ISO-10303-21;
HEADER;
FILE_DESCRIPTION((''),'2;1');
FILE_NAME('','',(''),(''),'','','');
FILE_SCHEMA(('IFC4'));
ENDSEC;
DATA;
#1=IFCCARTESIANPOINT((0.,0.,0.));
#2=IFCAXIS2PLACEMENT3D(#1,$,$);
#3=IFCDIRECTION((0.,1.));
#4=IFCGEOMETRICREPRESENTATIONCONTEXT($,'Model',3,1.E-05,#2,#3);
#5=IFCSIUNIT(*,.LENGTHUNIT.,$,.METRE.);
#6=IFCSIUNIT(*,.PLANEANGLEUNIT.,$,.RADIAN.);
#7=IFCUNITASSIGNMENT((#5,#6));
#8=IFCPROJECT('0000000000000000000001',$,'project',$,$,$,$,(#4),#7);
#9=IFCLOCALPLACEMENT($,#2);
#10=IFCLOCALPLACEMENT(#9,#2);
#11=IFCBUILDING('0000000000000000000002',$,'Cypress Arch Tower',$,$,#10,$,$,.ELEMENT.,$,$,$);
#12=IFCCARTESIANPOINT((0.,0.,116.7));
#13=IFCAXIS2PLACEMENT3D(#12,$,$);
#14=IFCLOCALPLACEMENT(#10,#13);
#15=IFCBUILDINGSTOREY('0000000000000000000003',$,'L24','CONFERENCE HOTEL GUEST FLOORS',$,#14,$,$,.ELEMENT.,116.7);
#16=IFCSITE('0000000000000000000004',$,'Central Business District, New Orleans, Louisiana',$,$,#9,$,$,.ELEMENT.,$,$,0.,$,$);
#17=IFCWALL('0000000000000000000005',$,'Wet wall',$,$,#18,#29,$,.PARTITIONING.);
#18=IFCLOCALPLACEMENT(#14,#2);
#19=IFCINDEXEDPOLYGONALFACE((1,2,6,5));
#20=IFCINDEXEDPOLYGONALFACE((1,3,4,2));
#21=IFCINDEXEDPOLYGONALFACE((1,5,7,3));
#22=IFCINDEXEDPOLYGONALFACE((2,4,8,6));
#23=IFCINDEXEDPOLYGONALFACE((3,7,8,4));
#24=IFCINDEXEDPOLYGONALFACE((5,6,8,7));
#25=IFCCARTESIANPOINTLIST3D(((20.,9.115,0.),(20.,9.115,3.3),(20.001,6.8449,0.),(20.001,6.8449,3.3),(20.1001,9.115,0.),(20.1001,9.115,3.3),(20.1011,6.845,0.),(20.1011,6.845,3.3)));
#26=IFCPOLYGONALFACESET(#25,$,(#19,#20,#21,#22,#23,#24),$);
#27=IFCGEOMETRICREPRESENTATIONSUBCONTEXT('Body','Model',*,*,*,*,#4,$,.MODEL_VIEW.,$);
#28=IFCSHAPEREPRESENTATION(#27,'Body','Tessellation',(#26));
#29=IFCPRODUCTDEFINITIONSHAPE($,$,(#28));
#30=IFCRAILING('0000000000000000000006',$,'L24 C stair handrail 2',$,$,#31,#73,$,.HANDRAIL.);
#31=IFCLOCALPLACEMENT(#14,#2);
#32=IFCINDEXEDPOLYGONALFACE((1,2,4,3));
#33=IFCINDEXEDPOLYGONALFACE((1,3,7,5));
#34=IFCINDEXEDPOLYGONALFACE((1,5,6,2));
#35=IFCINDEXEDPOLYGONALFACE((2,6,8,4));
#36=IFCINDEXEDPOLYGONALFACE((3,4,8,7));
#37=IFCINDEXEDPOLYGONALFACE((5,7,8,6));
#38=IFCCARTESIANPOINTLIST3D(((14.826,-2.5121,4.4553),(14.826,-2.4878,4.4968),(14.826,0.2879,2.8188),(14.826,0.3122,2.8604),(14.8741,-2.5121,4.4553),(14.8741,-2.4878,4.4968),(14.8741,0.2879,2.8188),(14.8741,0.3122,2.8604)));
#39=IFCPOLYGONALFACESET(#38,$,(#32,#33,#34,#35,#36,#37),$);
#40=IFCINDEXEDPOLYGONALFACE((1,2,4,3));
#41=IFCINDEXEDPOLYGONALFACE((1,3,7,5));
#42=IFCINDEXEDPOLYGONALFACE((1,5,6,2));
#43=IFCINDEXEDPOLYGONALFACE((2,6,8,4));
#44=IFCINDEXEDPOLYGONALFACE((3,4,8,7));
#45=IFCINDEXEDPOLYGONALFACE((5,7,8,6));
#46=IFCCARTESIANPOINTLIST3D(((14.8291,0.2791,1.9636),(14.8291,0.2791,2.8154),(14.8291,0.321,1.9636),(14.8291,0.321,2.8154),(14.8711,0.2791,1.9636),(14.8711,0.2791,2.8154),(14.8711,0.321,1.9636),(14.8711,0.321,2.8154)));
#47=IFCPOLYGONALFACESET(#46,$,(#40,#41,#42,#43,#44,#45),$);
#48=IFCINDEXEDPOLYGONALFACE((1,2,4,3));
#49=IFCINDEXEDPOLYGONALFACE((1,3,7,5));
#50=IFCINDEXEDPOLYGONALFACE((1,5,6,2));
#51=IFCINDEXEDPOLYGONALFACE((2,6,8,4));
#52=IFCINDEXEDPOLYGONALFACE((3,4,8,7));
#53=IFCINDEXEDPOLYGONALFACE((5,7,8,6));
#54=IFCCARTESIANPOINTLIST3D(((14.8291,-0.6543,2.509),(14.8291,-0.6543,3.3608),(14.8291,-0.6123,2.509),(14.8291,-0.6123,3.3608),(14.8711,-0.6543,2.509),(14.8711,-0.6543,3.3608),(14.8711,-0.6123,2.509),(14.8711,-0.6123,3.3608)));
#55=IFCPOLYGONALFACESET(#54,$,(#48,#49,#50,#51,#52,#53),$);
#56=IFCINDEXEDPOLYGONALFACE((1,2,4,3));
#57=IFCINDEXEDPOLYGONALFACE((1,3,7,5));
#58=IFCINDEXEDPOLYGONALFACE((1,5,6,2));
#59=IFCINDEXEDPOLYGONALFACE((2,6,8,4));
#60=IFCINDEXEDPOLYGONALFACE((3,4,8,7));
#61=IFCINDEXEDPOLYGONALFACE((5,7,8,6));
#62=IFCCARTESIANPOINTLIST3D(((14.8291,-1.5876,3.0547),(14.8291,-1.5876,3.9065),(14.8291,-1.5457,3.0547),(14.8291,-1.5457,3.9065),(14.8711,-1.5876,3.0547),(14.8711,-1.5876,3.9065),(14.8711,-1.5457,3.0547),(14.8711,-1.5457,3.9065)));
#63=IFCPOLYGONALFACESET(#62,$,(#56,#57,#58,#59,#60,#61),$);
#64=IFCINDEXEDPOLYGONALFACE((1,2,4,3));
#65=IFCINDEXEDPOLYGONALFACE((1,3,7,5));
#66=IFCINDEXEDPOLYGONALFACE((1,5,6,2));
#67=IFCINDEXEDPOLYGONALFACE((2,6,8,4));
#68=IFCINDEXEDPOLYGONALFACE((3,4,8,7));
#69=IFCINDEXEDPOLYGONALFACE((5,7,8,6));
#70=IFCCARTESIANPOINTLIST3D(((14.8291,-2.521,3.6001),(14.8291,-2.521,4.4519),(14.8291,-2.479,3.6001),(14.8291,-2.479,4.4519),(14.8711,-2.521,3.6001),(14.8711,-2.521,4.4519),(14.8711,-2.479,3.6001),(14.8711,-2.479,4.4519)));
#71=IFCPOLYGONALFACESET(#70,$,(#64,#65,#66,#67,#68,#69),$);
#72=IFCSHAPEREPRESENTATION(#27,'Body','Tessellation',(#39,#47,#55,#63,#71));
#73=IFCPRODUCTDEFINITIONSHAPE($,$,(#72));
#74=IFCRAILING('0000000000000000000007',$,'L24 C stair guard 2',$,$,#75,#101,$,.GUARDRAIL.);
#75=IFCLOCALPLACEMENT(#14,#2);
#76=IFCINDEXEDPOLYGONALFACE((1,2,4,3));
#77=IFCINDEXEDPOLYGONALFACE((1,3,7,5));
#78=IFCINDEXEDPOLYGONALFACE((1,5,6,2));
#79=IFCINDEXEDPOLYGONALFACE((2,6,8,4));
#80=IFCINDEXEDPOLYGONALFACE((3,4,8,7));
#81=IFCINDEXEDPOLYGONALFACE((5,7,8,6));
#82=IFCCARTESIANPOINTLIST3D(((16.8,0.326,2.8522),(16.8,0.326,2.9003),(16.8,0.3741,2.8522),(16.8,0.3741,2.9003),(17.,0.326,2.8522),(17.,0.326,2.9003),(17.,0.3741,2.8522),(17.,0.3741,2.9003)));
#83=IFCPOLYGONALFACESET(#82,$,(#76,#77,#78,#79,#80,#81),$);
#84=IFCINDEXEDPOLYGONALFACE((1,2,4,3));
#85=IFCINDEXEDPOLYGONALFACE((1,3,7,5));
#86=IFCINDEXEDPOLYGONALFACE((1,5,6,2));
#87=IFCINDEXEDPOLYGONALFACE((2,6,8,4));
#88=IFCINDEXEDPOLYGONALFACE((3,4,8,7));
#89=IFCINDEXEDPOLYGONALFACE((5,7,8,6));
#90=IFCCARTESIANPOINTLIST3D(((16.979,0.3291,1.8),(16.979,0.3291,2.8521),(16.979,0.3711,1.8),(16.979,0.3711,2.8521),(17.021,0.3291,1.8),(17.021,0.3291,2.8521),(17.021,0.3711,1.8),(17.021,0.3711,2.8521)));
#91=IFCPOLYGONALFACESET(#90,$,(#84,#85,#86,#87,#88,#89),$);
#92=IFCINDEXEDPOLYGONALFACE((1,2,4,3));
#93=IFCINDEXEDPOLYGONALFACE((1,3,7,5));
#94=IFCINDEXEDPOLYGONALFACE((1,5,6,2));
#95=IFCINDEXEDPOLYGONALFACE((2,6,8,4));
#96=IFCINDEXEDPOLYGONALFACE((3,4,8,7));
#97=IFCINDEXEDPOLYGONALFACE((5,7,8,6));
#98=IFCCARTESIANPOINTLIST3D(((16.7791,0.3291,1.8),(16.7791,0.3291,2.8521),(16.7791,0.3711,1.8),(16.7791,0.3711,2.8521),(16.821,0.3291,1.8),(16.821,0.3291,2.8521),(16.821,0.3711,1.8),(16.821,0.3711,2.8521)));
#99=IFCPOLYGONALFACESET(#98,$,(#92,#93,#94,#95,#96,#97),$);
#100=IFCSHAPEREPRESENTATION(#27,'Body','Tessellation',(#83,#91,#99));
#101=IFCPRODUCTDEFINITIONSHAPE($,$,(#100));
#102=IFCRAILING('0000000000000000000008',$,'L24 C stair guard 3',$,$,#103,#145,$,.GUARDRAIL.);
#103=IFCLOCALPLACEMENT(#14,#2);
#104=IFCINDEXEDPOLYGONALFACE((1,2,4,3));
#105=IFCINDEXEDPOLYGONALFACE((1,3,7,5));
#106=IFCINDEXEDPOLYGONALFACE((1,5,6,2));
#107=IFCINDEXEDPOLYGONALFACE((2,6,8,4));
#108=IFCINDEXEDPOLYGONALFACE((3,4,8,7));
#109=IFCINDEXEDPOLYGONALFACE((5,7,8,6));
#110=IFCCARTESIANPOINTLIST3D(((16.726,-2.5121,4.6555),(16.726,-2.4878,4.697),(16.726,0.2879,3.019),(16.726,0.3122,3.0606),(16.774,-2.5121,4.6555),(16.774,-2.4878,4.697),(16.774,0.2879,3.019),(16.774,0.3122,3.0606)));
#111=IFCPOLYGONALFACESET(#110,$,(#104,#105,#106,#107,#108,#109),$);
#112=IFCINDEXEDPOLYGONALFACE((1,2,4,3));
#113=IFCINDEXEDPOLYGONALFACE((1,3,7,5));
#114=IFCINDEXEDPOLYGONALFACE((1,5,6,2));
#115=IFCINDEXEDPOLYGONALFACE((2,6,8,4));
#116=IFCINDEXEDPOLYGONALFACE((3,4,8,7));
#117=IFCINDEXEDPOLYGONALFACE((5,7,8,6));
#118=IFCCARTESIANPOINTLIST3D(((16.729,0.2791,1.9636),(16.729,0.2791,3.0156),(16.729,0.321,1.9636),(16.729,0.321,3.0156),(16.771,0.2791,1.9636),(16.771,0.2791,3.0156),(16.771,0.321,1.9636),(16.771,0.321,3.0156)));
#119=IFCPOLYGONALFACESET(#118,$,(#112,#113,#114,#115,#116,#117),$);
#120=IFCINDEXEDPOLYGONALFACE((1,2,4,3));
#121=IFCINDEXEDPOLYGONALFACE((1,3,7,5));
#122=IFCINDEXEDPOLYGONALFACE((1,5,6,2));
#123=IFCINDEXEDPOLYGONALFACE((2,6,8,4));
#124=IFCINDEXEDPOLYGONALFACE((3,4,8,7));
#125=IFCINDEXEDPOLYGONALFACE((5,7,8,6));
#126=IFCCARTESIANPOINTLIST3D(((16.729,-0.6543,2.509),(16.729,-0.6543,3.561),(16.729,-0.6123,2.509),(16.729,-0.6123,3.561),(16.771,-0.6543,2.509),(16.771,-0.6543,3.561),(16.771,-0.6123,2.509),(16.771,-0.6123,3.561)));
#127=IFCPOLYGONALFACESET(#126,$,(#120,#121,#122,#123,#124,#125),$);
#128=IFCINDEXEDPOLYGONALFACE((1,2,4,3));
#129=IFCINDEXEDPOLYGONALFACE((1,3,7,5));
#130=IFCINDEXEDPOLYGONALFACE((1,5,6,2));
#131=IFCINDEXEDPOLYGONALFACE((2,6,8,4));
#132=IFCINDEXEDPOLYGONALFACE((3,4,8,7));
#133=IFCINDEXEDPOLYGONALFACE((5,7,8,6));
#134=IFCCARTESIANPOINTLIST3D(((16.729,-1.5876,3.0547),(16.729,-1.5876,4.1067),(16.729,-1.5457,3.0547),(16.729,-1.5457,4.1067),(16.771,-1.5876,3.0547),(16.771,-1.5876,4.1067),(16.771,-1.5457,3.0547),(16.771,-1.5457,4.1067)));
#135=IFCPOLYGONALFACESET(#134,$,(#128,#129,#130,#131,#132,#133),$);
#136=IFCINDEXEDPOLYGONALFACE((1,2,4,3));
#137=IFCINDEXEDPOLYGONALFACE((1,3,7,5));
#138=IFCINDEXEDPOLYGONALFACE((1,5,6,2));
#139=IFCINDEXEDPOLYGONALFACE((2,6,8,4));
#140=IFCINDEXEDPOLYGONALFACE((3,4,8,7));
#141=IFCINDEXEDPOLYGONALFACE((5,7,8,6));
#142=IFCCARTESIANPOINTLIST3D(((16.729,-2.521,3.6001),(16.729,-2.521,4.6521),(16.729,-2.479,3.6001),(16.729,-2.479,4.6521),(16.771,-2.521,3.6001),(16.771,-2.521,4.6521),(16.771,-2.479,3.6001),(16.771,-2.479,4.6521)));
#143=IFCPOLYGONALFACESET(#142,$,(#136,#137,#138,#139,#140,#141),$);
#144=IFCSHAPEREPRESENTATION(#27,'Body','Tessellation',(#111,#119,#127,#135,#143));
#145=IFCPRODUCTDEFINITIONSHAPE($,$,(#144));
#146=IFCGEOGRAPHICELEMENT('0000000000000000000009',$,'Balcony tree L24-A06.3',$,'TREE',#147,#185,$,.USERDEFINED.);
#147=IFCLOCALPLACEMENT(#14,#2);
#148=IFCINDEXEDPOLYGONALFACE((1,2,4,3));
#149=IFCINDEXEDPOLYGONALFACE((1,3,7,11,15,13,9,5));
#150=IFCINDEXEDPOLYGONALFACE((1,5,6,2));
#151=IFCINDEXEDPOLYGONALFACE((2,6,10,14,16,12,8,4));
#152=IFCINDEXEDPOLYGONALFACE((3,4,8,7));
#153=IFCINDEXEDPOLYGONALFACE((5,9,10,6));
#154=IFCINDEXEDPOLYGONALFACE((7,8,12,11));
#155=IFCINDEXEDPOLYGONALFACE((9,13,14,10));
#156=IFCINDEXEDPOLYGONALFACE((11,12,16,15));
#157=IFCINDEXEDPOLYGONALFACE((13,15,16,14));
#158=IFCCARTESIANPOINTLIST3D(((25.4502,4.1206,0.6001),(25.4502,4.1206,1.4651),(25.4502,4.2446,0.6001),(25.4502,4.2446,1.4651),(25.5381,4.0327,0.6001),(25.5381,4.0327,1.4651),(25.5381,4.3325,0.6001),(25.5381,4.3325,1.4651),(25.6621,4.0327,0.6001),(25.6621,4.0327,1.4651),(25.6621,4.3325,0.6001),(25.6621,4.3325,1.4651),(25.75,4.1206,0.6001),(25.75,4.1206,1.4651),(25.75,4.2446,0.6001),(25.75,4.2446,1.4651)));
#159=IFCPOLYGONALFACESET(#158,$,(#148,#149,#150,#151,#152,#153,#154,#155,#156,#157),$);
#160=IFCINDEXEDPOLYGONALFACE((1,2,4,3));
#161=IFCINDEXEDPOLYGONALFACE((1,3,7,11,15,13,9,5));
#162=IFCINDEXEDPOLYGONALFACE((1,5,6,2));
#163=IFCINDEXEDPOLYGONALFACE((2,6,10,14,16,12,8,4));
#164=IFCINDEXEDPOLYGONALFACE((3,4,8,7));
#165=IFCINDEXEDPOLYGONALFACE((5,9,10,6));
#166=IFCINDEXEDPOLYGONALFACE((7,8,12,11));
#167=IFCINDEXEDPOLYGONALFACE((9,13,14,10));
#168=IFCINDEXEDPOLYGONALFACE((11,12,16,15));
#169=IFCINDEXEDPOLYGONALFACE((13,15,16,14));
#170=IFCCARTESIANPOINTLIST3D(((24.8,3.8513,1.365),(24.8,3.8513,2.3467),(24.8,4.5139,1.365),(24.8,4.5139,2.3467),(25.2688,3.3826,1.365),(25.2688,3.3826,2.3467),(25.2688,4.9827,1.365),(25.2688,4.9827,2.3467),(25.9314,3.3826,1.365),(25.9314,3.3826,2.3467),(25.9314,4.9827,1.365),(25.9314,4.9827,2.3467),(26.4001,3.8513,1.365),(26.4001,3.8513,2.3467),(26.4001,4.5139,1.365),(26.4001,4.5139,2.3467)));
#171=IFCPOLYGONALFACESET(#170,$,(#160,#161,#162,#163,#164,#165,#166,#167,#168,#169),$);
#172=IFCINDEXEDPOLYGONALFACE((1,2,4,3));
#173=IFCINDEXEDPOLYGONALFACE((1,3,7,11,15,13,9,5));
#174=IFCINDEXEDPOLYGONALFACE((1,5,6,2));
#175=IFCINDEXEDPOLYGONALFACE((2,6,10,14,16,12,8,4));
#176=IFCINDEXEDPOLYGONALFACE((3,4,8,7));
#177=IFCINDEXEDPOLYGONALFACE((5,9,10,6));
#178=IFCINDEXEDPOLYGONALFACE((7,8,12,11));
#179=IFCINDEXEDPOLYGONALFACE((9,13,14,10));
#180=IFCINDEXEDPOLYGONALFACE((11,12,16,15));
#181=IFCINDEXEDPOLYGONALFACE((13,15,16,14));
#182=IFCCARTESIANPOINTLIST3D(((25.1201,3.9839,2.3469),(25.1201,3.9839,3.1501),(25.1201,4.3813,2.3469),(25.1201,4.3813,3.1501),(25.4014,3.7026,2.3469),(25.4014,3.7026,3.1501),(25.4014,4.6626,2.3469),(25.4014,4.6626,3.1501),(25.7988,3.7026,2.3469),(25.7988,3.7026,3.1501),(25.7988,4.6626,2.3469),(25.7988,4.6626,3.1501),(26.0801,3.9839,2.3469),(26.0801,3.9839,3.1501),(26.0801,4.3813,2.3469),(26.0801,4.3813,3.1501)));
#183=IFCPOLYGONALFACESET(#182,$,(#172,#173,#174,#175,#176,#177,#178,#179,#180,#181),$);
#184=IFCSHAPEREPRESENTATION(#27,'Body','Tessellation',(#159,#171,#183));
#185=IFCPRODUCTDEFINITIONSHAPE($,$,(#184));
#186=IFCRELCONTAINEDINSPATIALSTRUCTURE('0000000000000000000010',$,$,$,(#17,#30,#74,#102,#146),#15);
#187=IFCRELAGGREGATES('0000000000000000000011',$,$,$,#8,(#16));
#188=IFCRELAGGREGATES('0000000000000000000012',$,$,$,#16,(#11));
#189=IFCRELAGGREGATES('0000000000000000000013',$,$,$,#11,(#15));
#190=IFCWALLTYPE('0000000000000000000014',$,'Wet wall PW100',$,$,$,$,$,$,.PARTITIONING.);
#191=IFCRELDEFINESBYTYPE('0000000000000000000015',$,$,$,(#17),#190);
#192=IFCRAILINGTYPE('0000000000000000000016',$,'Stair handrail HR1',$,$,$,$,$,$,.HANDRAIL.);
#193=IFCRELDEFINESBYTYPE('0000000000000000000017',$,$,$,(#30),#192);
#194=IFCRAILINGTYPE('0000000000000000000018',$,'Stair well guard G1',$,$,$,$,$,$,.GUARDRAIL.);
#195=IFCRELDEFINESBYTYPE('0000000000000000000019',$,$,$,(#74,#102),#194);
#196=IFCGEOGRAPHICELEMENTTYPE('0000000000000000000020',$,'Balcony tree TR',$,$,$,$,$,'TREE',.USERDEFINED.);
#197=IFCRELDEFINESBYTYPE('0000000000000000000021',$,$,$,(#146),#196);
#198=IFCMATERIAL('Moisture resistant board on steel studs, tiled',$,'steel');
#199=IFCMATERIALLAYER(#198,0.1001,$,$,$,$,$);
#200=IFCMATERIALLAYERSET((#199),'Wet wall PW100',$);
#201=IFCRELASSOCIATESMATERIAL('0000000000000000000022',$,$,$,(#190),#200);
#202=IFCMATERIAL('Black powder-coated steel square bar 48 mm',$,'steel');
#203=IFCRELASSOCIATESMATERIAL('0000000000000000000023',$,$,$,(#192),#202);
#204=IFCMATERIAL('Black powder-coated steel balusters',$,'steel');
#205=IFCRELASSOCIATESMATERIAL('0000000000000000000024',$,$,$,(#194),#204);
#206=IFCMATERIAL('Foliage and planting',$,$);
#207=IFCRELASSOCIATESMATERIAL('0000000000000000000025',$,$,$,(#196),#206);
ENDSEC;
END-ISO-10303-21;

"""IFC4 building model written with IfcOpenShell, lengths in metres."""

from ifc_helpers import new_model, si_unit, direction, frame, frame_2d, origin, origin_2d, place, context, subcontext, project, spatial, polyline, rectangle, outline, extrude, material, layer, layer_set, type_object, element, save


model = new_model("IFC4")

# Units and contexts
model_context = context("Model", 3, precision=1e-05, world=origin(), true_north=direction((0.0, 1.0)))
body_context = subcontext(model_context, "Body", "Model", "MODEL_VIEW")
ifc_project = project(units=[si_unit("LENGTHUNIT", "METRE"), si_unit("PLANEANGLEUNIT", "RADIAN")], contexts=[model_context])

# Site, building, storey
site_placement = place(None, origin())
site = spatial("IfcSite", under=ifc_project, at=site_placement, Name="Central Business District, New Orleans, Louisiana", CompositionType="ELEMENT", RefElevation=0.0)
building_placement = place(site_placement, origin())
building = spatial("IfcBuilding", under=site, at=building_placement, Name="Cypress Arch Tower", CompositionType="ELEMENT")
storey_placement = place(building_placement, frame((0.0, 0.0, 116.7)))
storey = spatial("IfcBuildingStorey", under=building, at=storey_placement, Name="L24", Description="CONFERENCE HOTEL GUEST FLOORS", CompositionType="ELEMENT", Elevation=116.7)

# Shared definitions
ifc_material_1 = material(Name="Moisture resistant board on steel studs, tiled", Category="steel")
ifc_layer_1 = layer(ifc_material_1, 0.1001)
ifc_layer_set_1 = layer_set([ifc_layer_1], Name="Wet wall PW100")
wall_type_1 = type_object("IfcWallType", Name="Wet wall PW100", PredefinedType="PARTITIONING", material=ifc_layer_set_1)

# Wall
wall_1_placement = place(storey_placement, frame((20.05, 9.115, 0.0), z_axis=(0.0, 0.0, 1.0), x_axis=(0.00043, -1.0, 0.0)))
element("IfcWall", 1, at=wall_1_placement, inside=storey, type_object=wall_type_1, Name="Wet wall", PredefinedType="PARTITIONING", context=body_context, shape_type="SweptSolid", body=[
    extrude(rectangle(XDim=2.27, YDim=0.1001, at=frame_2d((1.135, 0.0))), origin(), (0.0, 0.0, 1.0), 3.3),
])

# Railings
ifc_material_2 = material(Name="Black powder-coated steel square bar 48 mm", Category="steel")
railing_type_1 = type_object("IfcRailingType", Name="Stair handrail HR1", PredefinedType="HANDRAIL", material=ifc_material_2)
railing_1_placement = place(storey_placement, frame((14.8501, 0.3, 1.9636)))
element("IfcRailing", 2, at=railing_1_placement, inside=storey, type_object=railing_type_1, Name="L24 C stair handrail 2", PredefinedType="HANDRAIL", context=body_context, shape_type="SweptSolid", body=[
    extrude(rectangle(XDim=0.0481, YDim=0.0481, at=origin_2d()), frame((0.0, 0.0, 0.876), z_axis=(0.0, -0.863361, 0.504587), x_axis=(1.0, 0.0, 0.0)), (0.0, 0.0, 1.0), 3.2432),
    extrude(rectangle(XDim=0.042, YDim=0.042, at=origin_2d()), origin(), (0.0, 0.0, 1.0), 0.8518),
    extrude(rectangle(XDim=0.042, YDim=0.042, at=origin_2d()), frame((0.0, -0.9333, 0.5454)), (0.0, 0.0, 1.0), 0.8518),
    extrude(rectangle(XDim=0.042, YDim=0.042, at=origin_2d()), frame((0.0, -1.8667, 1.0911)), (0.0, 0.0, 1.0), 0.8518),
    extrude(rectangle(XDim=0.042, YDim=0.042, at=origin_2d()), frame((0.0, -2.8, 1.6365)), (0.0, 0.0, 1.0), 0.8518),
])
ifc_material_3 = material(Name="Black powder-coated steel balusters", Category="steel")
railing_type_2 = type_object("IfcRailingType", Name="Stair well guard G1", PredefinedType="GUARDRAIL", material=ifc_material_3)
railing_2_placement = place(storey_placement, frame((17.0, 0.3501, 1.8)))
element("IfcRailing", 3, at=railing_2_placement, inside=storey, type_object=railing_type_2, Name="L24 C stair guard 2", PredefinedType="GUARDRAIL", context=body_context, shape_type="SweptSolid", body=[
    extrude(rectangle(XDim=0.0481, YDim=0.0481, at=origin_2d()), frame((0.0, 0.0, 1.0762), z_axis=(-1.0, 0.0, 0.0), x_axis=(0.0, -1.0, 0.0)), (0.0, 0.0, 1.0), 0.2),
    extrude(rectangle(XDim=0.042, YDim=0.042, at=origin_2d()), origin(), (0.0, 0.0, 1.0), 1.052),
    extrude(rectangle(XDim=0.042, YDim=0.042, at=origin_2d()), frame((-0.2, 0.0, 0.0)), (0.0, 0.0, 1.0), 1.052),
])
railing_3_placement = place(storey_placement, frame((16.75, 0.3, 1.9636)))
element("IfcRailing", 4, at=railing_3_placement, inside=storey, type_object=railing_type_2, Name="L24 C stair guard 3", PredefinedType="GUARDRAIL", context=body_context, shape_type="SweptSolid", body=[
    extrude(rectangle(XDim=0.0481, YDim=0.0481, at=origin_2d()), frame((0.0, 0.0, 1.0762), z_axis=(0.0, -0.863361, 0.504587), x_axis=(1.0, 0.0, 0.0)), (0.0, 0.0, 1.0), 3.2432),
    extrude(rectangle(XDim=0.042, YDim=0.042, at=origin_2d()), origin(), (0.0, 0.0, 1.0), 1.052),
    extrude(rectangle(XDim=0.042, YDim=0.042, at=origin_2d()), frame((0.0, -0.9333, 0.5454)), (0.0, 0.0, 1.0), 1.052),
    extrude(rectangle(XDim=0.042, YDim=0.042, at=origin_2d()), frame((0.0, -1.8667, 1.0911)), (0.0, 0.0, 1.0), 1.052),
    extrude(rectangle(XDim=0.042, YDim=0.042, at=origin_2d()), frame((0.0, -2.8, 1.6365)), (0.0, 0.0, 1.0), 1.052),
])

# Geographic element
ifc_material_4 = material(Name="Foliage and planting")
geographic_element_type = type_object("IfcGeographicElementType", Name="Balcony tree TR", ElementType="TREE", PredefinedType="USERDEFINED", material=ifc_material_4)
for number, where, z_axis, x_axis, name in (
    (5, (25.6001, 4.1826, 0.6001), (0.0, 0.0, 1.0), (1.0, 0.0, 0.0), "Balcony tree L24-A06.3"),
):
    element("IfcGeographicElement", number, at=place(storey_placement, frame(where, z_axis=z_axis, x_axis=x_axis)), inside=storey, type_object=geographic_element_type, Name=name, ObjectType="TREE", PredefinedType="USERDEFINED", context=body_context, shape_type="SweptSolid", body=[
        extrude(outline(polyline([(0.1499, 0.062), (0.062, 0.1499), (-0.062, 0.1499), (-0.1499, 0.062), (-0.1499, -0.062), (-0.062, -0.1499), (0.062, -0.1499), (0.1499, -0.062), (0.1499, 0.062)])), origin(), (0.0, 0.0, 1.0), 0.865),
        extrude(outline(polyline([(0.8, 0.3313), (0.3313, 0.8), (-0.3313, 0.8), (-0.8, 0.3313), (-0.8, -0.3313), (-0.3313, -0.8), (0.3313, -0.8), (0.8, -0.3313), (0.8, 0.3313)])), frame((0.0, 0.0, 0.7649)), (0.0, 0.0, 1.0), 0.9817),
        extrude(outline(polyline([(0.48, 0.1987), (0.1987, 0.48), (-0.1987, 0.48), (-0.48, 0.1987), (-0.48, -0.1987), (-0.1987, -0.48), (0.1987, -0.48), (0.48, -0.1987), (0.48, 0.1987)])), frame((0.0, 0.0, 1.7468)), (0.0, 0.0, 1.0), 0.8032),
    ])

save(model, "model.ifc")
